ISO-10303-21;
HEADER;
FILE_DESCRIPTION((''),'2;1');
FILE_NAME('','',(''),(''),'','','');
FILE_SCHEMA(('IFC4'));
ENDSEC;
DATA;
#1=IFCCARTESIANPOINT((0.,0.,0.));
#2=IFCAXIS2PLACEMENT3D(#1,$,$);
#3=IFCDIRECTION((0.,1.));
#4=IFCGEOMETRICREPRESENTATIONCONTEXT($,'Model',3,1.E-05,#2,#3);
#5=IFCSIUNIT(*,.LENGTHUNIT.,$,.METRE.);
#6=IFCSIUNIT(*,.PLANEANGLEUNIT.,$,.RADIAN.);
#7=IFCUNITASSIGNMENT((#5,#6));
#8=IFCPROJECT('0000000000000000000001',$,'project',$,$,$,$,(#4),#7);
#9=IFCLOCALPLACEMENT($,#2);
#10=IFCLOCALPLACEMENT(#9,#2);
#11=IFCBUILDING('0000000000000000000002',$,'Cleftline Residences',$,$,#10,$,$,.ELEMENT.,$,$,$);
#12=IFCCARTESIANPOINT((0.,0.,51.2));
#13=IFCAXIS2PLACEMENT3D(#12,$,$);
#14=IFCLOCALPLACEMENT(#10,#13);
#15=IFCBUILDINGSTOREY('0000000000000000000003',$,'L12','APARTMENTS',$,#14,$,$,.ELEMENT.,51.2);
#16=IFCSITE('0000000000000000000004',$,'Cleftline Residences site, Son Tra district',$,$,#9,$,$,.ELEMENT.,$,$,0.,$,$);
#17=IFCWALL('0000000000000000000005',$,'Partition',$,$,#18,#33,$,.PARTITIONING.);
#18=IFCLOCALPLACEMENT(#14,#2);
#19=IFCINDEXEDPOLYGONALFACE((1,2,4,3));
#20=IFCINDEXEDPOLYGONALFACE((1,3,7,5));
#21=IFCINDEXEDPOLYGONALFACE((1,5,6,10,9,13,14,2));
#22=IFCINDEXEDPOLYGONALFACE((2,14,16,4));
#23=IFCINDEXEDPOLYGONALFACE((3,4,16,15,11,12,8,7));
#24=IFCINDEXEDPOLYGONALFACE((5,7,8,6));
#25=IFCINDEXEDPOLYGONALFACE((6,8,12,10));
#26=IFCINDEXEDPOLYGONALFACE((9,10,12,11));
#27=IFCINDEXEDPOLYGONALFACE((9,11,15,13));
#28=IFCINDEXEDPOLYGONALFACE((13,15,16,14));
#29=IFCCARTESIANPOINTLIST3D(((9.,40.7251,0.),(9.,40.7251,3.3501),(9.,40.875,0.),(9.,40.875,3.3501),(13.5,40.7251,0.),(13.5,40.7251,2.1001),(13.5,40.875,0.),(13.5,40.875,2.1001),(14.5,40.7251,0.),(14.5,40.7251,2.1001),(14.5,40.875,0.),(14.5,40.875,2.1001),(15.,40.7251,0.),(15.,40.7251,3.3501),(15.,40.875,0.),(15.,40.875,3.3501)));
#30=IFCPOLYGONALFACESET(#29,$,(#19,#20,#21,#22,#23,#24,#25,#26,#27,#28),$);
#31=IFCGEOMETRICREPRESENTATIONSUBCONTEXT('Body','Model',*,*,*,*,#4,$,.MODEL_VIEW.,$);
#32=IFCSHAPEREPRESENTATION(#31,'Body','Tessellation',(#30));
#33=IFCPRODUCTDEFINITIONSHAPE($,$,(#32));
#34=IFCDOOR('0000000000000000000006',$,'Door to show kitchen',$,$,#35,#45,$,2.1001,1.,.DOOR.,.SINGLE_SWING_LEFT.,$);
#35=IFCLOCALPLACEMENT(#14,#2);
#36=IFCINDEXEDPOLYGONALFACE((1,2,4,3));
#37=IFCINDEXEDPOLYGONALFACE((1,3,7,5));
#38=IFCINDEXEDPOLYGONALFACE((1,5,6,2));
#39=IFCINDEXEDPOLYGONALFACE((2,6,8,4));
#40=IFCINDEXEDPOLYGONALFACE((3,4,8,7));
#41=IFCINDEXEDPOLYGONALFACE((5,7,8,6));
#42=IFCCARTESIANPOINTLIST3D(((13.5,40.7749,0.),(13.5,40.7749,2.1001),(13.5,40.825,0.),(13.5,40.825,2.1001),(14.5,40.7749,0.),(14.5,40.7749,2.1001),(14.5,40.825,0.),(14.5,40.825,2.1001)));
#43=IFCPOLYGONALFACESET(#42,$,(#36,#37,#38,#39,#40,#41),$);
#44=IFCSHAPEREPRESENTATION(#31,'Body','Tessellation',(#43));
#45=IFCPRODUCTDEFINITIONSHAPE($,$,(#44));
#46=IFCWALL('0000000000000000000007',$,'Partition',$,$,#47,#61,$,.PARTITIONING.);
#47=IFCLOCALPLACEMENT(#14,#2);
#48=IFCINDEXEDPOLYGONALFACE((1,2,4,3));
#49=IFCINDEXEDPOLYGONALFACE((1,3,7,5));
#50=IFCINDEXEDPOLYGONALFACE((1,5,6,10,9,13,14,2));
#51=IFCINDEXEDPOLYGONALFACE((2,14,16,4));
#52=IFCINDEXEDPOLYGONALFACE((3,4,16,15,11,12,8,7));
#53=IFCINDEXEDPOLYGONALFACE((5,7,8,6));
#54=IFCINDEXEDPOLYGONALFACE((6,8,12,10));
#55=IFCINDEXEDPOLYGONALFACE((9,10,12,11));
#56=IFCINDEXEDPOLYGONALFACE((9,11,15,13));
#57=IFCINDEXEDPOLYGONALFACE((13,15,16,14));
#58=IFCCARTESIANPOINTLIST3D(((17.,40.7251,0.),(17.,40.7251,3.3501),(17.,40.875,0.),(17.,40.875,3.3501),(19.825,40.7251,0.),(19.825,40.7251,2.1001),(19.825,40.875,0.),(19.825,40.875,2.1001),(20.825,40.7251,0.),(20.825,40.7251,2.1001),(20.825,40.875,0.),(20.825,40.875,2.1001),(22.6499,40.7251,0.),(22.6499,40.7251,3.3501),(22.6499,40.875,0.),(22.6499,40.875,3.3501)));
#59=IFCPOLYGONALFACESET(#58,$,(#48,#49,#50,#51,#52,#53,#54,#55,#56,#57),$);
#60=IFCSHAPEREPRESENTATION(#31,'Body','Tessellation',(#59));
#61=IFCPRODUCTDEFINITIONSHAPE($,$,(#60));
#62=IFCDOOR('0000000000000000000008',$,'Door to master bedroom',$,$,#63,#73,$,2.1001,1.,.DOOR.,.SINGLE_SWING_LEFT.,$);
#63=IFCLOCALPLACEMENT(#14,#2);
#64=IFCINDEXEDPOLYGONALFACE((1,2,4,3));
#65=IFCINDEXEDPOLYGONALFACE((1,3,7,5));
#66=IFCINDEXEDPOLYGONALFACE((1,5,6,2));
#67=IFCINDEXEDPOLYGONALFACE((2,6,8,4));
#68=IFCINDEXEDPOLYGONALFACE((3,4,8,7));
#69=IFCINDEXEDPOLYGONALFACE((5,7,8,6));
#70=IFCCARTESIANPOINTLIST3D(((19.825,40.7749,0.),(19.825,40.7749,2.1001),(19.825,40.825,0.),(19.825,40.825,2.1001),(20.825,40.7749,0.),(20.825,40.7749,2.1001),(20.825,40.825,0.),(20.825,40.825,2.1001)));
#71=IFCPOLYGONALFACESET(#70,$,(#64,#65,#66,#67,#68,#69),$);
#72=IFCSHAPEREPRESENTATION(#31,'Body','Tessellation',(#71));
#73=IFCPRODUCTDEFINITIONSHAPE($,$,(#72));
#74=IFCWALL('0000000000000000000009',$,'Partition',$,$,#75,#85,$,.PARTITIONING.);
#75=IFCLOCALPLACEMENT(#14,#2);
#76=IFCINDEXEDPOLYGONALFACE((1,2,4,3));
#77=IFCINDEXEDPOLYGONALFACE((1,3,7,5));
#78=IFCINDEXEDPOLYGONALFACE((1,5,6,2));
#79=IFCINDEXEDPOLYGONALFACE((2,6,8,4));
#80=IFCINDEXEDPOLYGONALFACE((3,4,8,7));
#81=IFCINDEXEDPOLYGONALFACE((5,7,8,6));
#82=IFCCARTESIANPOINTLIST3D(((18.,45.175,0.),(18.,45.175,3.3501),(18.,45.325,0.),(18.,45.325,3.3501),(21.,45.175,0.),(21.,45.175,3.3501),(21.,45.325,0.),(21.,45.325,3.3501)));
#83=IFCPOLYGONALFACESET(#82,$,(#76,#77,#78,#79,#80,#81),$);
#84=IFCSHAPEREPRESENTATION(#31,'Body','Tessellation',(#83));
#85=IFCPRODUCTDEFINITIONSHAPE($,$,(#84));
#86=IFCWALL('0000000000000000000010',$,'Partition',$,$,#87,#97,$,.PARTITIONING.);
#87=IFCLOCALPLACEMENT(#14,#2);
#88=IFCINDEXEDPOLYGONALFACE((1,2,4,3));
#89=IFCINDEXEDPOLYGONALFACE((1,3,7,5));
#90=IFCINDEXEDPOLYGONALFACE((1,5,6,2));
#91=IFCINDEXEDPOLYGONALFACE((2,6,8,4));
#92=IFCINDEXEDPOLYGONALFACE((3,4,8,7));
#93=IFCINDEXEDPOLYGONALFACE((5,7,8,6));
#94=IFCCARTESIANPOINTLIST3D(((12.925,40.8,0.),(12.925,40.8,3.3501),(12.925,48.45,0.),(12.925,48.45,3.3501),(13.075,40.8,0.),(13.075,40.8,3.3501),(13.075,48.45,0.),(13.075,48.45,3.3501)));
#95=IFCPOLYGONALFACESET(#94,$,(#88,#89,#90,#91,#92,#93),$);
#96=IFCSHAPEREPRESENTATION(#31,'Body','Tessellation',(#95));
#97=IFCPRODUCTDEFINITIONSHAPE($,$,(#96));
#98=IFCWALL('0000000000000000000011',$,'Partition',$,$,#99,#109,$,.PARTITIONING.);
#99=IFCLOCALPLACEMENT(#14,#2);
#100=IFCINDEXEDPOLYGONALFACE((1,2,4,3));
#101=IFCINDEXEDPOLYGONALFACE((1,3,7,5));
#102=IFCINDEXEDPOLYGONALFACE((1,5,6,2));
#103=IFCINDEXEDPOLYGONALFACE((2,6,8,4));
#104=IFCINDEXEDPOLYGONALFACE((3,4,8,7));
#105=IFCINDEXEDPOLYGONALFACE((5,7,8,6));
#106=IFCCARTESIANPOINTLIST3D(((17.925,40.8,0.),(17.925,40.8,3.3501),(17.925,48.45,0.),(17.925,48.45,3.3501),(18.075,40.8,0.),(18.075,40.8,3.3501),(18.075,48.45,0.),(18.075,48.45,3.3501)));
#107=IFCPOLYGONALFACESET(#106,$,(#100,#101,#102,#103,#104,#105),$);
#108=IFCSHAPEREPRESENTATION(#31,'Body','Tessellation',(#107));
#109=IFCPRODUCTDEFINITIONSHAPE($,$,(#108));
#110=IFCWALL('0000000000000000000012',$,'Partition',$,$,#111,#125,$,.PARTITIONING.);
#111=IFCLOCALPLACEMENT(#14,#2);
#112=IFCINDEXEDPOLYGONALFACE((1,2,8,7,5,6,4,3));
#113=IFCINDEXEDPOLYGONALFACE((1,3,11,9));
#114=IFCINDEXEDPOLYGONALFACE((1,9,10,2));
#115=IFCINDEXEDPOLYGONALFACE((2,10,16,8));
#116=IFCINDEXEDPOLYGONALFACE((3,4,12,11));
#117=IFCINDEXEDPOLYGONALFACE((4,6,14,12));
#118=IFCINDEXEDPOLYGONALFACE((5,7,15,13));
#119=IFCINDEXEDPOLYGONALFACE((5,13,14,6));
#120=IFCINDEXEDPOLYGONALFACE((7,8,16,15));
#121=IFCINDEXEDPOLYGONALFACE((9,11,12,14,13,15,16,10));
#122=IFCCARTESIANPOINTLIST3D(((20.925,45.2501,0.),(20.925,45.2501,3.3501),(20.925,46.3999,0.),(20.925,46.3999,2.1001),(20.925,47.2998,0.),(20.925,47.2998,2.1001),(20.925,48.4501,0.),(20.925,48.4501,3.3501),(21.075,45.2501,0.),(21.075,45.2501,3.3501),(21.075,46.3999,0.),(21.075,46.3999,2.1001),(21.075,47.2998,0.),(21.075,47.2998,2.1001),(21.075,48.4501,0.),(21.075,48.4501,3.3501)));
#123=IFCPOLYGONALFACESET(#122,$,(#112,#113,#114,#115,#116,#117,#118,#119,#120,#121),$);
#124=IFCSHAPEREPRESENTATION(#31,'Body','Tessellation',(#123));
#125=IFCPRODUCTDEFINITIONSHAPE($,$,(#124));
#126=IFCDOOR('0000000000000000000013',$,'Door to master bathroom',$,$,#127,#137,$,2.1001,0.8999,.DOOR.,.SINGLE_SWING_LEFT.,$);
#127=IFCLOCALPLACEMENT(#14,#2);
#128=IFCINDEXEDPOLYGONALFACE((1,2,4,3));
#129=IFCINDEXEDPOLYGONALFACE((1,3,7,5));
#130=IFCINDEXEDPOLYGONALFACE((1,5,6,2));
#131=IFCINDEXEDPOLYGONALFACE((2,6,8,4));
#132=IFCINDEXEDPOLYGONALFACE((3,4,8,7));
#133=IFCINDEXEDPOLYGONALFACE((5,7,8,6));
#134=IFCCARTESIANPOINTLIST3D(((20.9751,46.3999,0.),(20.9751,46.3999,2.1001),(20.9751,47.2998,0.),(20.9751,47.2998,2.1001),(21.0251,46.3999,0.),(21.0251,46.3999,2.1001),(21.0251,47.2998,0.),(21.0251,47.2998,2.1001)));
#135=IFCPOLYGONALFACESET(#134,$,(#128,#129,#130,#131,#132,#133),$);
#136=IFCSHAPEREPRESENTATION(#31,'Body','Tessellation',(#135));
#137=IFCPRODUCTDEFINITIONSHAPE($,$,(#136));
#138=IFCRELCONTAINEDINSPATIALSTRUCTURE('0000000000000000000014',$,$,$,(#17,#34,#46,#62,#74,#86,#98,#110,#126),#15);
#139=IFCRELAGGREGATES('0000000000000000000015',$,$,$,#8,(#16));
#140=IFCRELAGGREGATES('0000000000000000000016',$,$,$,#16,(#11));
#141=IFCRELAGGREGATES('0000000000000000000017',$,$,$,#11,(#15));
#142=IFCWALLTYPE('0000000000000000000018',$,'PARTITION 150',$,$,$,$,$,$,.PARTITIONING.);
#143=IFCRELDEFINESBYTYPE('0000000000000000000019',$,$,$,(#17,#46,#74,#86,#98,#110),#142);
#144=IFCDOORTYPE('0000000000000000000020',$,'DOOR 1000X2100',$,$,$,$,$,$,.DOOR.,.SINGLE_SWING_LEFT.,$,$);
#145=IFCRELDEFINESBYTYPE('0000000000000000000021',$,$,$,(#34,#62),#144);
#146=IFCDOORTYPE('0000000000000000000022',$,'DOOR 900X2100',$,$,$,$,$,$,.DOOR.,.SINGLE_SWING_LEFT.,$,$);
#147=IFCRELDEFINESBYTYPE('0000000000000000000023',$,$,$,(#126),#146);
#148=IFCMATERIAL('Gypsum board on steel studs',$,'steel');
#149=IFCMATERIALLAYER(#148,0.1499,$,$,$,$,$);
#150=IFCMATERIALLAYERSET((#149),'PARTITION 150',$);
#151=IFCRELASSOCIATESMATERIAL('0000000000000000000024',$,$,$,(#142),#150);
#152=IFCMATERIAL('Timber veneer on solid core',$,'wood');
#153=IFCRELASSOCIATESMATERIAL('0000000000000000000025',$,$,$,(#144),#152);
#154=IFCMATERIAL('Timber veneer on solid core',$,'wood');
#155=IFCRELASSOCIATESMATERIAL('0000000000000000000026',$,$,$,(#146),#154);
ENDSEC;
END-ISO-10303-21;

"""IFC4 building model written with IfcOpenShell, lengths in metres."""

from ifc_helpers import new_model, si_unit, direction, frame, frame_2d, origin, place, context, subcontext, project, spatial, rectangle, extrude, material, layer, layer_set, type_object, element, fill, save


model = new_model("IFC4")

# Units and contexts
model_context = context("Model", 3, precision=1e-05, world=origin(), true_north=direction((0.0, 1.0)))
body_context = subcontext(model_context, "Body", "Model", "MODEL_VIEW")
ifc_project = project(units=[si_unit("LENGTHUNIT", "METRE"), si_unit("PLANEANGLEUNIT", "RADIAN")], contexts=[model_context])

# Site, building, storey
site_placement = place(None, origin())
site = spatial("IfcSite", under=ifc_project, at=site_placement, Name="Cleftline Residences site, Son Tra district", CompositionType="ELEMENT", RefElevation=0.0)
building_placement = place(site_placement, origin())
building = spatial("IfcBuilding", under=site, at=building_placement, Name="Cleftline Residences", CompositionType="ELEMENT")
storey_placement = place(building_placement, frame((0.0, 0.0, 51.2)))
storey = spatial("IfcBuildingStorey", under=building, at=storey_placement, Name="L12", Description="APARTMENTS", CompositionType="ELEMENT", Elevation=51.2)

# Walls, openings, doors
ifc_material_1 = material(Name="Gypsum board on steel studs", Category="steel")
ifc_layer_1 = layer(ifc_material_1, 0.1499)
ifc_layer_set_1 = layer_set([ifc_layer_1], Name="PARTITION 150")
wall_type = type_object("IfcWallType", Name="PARTITION 150", PredefinedType="PARTITIONING", material=ifc_layer_set_1)
wall_1_placement = place(storey_placement, frame((9.0, 40.8, 0.0), z_axis=(0.0, 0.0, 1.0), x_axis=(1.0, 0.0, 0.0)))
wall_1 = element("IfcWall", 1, at=wall_1_placement, inside=storey, type_object=wall_type, Name="Partition", PredefinedType="PARTITIONING", context=body_context, shape_type="SweptSolid", body=[
    extrude(rectangle(XDim=6.0, YDim=0.1499, at=frame_2d((3.0, 0.0))), origin(), (0.0, 0.0, 1.0), 3.3501),
])
opening_1_placement = place(wall_1_placement, frame((4.5, 0.0, 0.0)))
opening_1 = element("IfcOpeningElement", 2, at=opening_1_placement, cuts=wall_1, PredefinedType="OPENING", context=body_context, shape_type="SweptSolid", body=[
    extrude(rectangle(XDim=1.0, YDim=2.1001, at=frame_2d((0.5, 1.05))), frame((0.0, 0.085, 0.0), z_axis=(0.0, -1.0, 0.0), x_axis=(1.0, 0.0, 0.0)), (0.0, 0.0, 1.0), 0.1699),
])
ifc_material_2 = material(Name="Timber veneer on solid core", Category="wood")
door_type_1 = type_object("IfcDoorType", Name="DOOR 1000X2100", OperationType="SINGLE_SWING_LEFT", PredefinedType="DOOR", material=ifc_material_2)
door_1_placement = place(opening_1_placement, origin())
door_1 = element("IfcDoor", 3, at=door_1_placement, inside=storey, type_object=door_type_1, Name="Door to show kitchen", OperationType="SINGLE_SWING_LEFT", OverallHeight=2.1001, OverallWidth=1.0, PredefinedType="DOOR", context=body_context, shape_type="SweptSolid", body=[
    extrude(rectangle(XDim=1.0, YDim=2.1001, at=frame_2d((0.5, 1.05))), frame((0.0, 0.0249, 0.0), z_axis=(0.0, -1.0, 0.0), x_axis=(1.0, 0.0, 0.0)), (0.0, 0.0, 1.0), 0.05),
])
fill(opening_1, door_1)
wall_2_placement = place(storey_placement, frame((17.0, 40.8, 0.0), z_axis=(0.0, 0.0, 1.0), x_axis=(1.0, 0.0, 0.0)))
wall_2 = element("IfcWall", 4, at=wall_2_placement, inside=storey, type_object=wall_type, Name="Partition", PredefinedType="PARTITIONING", context=body_context, shape_type="SweptSolid", body=[
    extrude(rectangle(XDim=5.6499, YDim=0.1499, at=frame_2d((2.825, 0.0))), origin(), (0.0, 0.0, 1.0), 3.3501),
])
opening_2_placement = place(wall_2_placement, frame((2.825, 0.0, 0.0)))
opening_2 = element("IfcOpeningElement", 5, at=opening_2_placement, cuts=wall_2, PredefinedType="OPENING", context=body_context, shape_type="SweptSolid", body=[
    extrude(rectangle(XDim=1.0, YDim=2.1001, at=frame_2d((0.5, 1.05))), frame((0.0, 0.085, 0.0), z_axis=(0.0, -1.0, 0.0), x_axis=(1.0, 0.0, 0.0)), (0.0, 0.0, 1.0), 0.1699),
])
door_2_placement = place(opening_2_placement, origin())
door_2 = element("IfcDoor", 6, at=door_2_placement, inside=storey, type_object=door_type_1, Name="Door to master bedroom", OperationType="SINGLE_SWING_LEFT", OverallHeight=2.1001, OverallWidth=1.0, PredefinedType="DOOR", context=body_context, shape_type="SweptSolid", body=[
    extrude(rectangle(XDim=1.0, YDim=2.1001, at=frame_2d((0.5, 1.05))), frame((0.0, 0.0249, 0.0), z_axis=(0.0, -1.0, 0.0), x_axis=(1.0, 0.0, 0.0)), (0.0, 0.0, 1.0), 0.05),
])
fill(opening_2, door_2)

# Walls
wall_3_placement = place(storey_placement, frame((18.0, 45.25, 0.0), z_axis=(0.0, 0.0, 1.0), x_axis=(1.0, 0.0, 0.0)))
element("IfcWall", 7, at=wall_3_placement, inside=storey, type_object=wall_type, Name="Partition", PredefinedType="PARTITIONING", context=body_context, shape_type="SweptSolid", body=[
    extrude(rectangle(XDim=3.0, YDim=0.1499, at=frame_2d((1.5, 0.0))), origin(), (0.0, 0.0, 1.0), 3.3501),
])
for number, where, z_axis, x_axis, name in (
    (8, (13.0, 40.8, 0.0), (0.0, 0.0, 1.0), (0.0, 1.0, 0.0), "Partition"),
    (9, (18.0, 40.8, 0.0), (0.0, 0.0, 1.0), (0.0, 1.0, 0.0), "Partition"),
):
    element("IfcWall", number, at=place(storey_placement, frame(where, z_axis=z_axis, x_axis=x_axis)), inside=storey, type_object=wall_type, Name=name, PredefinedType="PARTITIONING", context=body_context, shape_type="SweptSolid", body=[
        extrude(rectangle(XDim=7.6499, YDim=0.1499, at=frame_2d((3.825, 0.0))), origin(), (0.0, 0.0, 1.0), 3.3501),
    ])

# Wall, opening, door
wall_4_placement = place(storey_placement, frame((21.0, 45.25, 0.0), z_axis=(0.0, 0.0, 1.0), x_axis=(0.0, 1.0, 0.0)))
wall_4 = element("IfcWall", 10, at=wall_4_placement, inside=storey, type_object=wall_type, Name="Partition", PredefinedType="PARTITIONING", context=body_context, shape_type="SweptSolid", body=[
    extrude(rectangle(XDim=3.2, YDim=0.1499, at=frame_2d((1.6001, 0.0))), origin(), (0.0, 0.0, 1.0), 3.3501),
])
opening_3_placement = place(wall_4_placement, frame((1.1499, 0.0, 0.0)))
opening_3 = element("IfcOpeningElement", 11, at=opening_3_placement, cuts=wall_4, PredefinedType="OPENING", context=body_context, shape_type="SweptSolid", body=[
    extrude(rectangle(XDim=0.8999, YDim=2.1001, at=frame_2d((0.45, 1.05))), frame((0.0, 0.085, 0.0), z_axis=(0.0, -1.0, 0.0), x_axis=(1.0, 0.0, 0.0)), (0.0, 0.0, 1.0), 0.1699),
])
ifc_material_3 = material(Name="Timber veneer on solid core", Category="wood")
door_type_2 = type_object("IfcDoorType", Name="DOOR 900X2100", OperationType="SINGLE_SWING_LEFT", PredefinedType="DOOR", material=ifc_material_3)
door_3_placement = place(opening_3_placement, origin())
door_3 = element("IfcDoor", 12, at=door_3_placement, inside=storey, type_object=door_type_2, Name="Door to master bathroom", OperationType="SINGLE_SWING_LEFT", OverallHeight=2.1001, OverallWidth=0.8999, PredefinedType="DOOR", context=body_context, shape_type="SweptSolid", body=[
    extrude(rectangle(XDim=0.8999, YDim=2.1001, at=frame_2d((0.45, 1.05))), frame((0.0, 0.0249, 0.0), z_axis=(0.0, -1.0, 0.0), x_axis=(1.0, 0.0, 0.0)), (0.0, 0.0, 1.0), 0.05),
])
fill(opening_3, door_3)

save(model, "model.ifc")
